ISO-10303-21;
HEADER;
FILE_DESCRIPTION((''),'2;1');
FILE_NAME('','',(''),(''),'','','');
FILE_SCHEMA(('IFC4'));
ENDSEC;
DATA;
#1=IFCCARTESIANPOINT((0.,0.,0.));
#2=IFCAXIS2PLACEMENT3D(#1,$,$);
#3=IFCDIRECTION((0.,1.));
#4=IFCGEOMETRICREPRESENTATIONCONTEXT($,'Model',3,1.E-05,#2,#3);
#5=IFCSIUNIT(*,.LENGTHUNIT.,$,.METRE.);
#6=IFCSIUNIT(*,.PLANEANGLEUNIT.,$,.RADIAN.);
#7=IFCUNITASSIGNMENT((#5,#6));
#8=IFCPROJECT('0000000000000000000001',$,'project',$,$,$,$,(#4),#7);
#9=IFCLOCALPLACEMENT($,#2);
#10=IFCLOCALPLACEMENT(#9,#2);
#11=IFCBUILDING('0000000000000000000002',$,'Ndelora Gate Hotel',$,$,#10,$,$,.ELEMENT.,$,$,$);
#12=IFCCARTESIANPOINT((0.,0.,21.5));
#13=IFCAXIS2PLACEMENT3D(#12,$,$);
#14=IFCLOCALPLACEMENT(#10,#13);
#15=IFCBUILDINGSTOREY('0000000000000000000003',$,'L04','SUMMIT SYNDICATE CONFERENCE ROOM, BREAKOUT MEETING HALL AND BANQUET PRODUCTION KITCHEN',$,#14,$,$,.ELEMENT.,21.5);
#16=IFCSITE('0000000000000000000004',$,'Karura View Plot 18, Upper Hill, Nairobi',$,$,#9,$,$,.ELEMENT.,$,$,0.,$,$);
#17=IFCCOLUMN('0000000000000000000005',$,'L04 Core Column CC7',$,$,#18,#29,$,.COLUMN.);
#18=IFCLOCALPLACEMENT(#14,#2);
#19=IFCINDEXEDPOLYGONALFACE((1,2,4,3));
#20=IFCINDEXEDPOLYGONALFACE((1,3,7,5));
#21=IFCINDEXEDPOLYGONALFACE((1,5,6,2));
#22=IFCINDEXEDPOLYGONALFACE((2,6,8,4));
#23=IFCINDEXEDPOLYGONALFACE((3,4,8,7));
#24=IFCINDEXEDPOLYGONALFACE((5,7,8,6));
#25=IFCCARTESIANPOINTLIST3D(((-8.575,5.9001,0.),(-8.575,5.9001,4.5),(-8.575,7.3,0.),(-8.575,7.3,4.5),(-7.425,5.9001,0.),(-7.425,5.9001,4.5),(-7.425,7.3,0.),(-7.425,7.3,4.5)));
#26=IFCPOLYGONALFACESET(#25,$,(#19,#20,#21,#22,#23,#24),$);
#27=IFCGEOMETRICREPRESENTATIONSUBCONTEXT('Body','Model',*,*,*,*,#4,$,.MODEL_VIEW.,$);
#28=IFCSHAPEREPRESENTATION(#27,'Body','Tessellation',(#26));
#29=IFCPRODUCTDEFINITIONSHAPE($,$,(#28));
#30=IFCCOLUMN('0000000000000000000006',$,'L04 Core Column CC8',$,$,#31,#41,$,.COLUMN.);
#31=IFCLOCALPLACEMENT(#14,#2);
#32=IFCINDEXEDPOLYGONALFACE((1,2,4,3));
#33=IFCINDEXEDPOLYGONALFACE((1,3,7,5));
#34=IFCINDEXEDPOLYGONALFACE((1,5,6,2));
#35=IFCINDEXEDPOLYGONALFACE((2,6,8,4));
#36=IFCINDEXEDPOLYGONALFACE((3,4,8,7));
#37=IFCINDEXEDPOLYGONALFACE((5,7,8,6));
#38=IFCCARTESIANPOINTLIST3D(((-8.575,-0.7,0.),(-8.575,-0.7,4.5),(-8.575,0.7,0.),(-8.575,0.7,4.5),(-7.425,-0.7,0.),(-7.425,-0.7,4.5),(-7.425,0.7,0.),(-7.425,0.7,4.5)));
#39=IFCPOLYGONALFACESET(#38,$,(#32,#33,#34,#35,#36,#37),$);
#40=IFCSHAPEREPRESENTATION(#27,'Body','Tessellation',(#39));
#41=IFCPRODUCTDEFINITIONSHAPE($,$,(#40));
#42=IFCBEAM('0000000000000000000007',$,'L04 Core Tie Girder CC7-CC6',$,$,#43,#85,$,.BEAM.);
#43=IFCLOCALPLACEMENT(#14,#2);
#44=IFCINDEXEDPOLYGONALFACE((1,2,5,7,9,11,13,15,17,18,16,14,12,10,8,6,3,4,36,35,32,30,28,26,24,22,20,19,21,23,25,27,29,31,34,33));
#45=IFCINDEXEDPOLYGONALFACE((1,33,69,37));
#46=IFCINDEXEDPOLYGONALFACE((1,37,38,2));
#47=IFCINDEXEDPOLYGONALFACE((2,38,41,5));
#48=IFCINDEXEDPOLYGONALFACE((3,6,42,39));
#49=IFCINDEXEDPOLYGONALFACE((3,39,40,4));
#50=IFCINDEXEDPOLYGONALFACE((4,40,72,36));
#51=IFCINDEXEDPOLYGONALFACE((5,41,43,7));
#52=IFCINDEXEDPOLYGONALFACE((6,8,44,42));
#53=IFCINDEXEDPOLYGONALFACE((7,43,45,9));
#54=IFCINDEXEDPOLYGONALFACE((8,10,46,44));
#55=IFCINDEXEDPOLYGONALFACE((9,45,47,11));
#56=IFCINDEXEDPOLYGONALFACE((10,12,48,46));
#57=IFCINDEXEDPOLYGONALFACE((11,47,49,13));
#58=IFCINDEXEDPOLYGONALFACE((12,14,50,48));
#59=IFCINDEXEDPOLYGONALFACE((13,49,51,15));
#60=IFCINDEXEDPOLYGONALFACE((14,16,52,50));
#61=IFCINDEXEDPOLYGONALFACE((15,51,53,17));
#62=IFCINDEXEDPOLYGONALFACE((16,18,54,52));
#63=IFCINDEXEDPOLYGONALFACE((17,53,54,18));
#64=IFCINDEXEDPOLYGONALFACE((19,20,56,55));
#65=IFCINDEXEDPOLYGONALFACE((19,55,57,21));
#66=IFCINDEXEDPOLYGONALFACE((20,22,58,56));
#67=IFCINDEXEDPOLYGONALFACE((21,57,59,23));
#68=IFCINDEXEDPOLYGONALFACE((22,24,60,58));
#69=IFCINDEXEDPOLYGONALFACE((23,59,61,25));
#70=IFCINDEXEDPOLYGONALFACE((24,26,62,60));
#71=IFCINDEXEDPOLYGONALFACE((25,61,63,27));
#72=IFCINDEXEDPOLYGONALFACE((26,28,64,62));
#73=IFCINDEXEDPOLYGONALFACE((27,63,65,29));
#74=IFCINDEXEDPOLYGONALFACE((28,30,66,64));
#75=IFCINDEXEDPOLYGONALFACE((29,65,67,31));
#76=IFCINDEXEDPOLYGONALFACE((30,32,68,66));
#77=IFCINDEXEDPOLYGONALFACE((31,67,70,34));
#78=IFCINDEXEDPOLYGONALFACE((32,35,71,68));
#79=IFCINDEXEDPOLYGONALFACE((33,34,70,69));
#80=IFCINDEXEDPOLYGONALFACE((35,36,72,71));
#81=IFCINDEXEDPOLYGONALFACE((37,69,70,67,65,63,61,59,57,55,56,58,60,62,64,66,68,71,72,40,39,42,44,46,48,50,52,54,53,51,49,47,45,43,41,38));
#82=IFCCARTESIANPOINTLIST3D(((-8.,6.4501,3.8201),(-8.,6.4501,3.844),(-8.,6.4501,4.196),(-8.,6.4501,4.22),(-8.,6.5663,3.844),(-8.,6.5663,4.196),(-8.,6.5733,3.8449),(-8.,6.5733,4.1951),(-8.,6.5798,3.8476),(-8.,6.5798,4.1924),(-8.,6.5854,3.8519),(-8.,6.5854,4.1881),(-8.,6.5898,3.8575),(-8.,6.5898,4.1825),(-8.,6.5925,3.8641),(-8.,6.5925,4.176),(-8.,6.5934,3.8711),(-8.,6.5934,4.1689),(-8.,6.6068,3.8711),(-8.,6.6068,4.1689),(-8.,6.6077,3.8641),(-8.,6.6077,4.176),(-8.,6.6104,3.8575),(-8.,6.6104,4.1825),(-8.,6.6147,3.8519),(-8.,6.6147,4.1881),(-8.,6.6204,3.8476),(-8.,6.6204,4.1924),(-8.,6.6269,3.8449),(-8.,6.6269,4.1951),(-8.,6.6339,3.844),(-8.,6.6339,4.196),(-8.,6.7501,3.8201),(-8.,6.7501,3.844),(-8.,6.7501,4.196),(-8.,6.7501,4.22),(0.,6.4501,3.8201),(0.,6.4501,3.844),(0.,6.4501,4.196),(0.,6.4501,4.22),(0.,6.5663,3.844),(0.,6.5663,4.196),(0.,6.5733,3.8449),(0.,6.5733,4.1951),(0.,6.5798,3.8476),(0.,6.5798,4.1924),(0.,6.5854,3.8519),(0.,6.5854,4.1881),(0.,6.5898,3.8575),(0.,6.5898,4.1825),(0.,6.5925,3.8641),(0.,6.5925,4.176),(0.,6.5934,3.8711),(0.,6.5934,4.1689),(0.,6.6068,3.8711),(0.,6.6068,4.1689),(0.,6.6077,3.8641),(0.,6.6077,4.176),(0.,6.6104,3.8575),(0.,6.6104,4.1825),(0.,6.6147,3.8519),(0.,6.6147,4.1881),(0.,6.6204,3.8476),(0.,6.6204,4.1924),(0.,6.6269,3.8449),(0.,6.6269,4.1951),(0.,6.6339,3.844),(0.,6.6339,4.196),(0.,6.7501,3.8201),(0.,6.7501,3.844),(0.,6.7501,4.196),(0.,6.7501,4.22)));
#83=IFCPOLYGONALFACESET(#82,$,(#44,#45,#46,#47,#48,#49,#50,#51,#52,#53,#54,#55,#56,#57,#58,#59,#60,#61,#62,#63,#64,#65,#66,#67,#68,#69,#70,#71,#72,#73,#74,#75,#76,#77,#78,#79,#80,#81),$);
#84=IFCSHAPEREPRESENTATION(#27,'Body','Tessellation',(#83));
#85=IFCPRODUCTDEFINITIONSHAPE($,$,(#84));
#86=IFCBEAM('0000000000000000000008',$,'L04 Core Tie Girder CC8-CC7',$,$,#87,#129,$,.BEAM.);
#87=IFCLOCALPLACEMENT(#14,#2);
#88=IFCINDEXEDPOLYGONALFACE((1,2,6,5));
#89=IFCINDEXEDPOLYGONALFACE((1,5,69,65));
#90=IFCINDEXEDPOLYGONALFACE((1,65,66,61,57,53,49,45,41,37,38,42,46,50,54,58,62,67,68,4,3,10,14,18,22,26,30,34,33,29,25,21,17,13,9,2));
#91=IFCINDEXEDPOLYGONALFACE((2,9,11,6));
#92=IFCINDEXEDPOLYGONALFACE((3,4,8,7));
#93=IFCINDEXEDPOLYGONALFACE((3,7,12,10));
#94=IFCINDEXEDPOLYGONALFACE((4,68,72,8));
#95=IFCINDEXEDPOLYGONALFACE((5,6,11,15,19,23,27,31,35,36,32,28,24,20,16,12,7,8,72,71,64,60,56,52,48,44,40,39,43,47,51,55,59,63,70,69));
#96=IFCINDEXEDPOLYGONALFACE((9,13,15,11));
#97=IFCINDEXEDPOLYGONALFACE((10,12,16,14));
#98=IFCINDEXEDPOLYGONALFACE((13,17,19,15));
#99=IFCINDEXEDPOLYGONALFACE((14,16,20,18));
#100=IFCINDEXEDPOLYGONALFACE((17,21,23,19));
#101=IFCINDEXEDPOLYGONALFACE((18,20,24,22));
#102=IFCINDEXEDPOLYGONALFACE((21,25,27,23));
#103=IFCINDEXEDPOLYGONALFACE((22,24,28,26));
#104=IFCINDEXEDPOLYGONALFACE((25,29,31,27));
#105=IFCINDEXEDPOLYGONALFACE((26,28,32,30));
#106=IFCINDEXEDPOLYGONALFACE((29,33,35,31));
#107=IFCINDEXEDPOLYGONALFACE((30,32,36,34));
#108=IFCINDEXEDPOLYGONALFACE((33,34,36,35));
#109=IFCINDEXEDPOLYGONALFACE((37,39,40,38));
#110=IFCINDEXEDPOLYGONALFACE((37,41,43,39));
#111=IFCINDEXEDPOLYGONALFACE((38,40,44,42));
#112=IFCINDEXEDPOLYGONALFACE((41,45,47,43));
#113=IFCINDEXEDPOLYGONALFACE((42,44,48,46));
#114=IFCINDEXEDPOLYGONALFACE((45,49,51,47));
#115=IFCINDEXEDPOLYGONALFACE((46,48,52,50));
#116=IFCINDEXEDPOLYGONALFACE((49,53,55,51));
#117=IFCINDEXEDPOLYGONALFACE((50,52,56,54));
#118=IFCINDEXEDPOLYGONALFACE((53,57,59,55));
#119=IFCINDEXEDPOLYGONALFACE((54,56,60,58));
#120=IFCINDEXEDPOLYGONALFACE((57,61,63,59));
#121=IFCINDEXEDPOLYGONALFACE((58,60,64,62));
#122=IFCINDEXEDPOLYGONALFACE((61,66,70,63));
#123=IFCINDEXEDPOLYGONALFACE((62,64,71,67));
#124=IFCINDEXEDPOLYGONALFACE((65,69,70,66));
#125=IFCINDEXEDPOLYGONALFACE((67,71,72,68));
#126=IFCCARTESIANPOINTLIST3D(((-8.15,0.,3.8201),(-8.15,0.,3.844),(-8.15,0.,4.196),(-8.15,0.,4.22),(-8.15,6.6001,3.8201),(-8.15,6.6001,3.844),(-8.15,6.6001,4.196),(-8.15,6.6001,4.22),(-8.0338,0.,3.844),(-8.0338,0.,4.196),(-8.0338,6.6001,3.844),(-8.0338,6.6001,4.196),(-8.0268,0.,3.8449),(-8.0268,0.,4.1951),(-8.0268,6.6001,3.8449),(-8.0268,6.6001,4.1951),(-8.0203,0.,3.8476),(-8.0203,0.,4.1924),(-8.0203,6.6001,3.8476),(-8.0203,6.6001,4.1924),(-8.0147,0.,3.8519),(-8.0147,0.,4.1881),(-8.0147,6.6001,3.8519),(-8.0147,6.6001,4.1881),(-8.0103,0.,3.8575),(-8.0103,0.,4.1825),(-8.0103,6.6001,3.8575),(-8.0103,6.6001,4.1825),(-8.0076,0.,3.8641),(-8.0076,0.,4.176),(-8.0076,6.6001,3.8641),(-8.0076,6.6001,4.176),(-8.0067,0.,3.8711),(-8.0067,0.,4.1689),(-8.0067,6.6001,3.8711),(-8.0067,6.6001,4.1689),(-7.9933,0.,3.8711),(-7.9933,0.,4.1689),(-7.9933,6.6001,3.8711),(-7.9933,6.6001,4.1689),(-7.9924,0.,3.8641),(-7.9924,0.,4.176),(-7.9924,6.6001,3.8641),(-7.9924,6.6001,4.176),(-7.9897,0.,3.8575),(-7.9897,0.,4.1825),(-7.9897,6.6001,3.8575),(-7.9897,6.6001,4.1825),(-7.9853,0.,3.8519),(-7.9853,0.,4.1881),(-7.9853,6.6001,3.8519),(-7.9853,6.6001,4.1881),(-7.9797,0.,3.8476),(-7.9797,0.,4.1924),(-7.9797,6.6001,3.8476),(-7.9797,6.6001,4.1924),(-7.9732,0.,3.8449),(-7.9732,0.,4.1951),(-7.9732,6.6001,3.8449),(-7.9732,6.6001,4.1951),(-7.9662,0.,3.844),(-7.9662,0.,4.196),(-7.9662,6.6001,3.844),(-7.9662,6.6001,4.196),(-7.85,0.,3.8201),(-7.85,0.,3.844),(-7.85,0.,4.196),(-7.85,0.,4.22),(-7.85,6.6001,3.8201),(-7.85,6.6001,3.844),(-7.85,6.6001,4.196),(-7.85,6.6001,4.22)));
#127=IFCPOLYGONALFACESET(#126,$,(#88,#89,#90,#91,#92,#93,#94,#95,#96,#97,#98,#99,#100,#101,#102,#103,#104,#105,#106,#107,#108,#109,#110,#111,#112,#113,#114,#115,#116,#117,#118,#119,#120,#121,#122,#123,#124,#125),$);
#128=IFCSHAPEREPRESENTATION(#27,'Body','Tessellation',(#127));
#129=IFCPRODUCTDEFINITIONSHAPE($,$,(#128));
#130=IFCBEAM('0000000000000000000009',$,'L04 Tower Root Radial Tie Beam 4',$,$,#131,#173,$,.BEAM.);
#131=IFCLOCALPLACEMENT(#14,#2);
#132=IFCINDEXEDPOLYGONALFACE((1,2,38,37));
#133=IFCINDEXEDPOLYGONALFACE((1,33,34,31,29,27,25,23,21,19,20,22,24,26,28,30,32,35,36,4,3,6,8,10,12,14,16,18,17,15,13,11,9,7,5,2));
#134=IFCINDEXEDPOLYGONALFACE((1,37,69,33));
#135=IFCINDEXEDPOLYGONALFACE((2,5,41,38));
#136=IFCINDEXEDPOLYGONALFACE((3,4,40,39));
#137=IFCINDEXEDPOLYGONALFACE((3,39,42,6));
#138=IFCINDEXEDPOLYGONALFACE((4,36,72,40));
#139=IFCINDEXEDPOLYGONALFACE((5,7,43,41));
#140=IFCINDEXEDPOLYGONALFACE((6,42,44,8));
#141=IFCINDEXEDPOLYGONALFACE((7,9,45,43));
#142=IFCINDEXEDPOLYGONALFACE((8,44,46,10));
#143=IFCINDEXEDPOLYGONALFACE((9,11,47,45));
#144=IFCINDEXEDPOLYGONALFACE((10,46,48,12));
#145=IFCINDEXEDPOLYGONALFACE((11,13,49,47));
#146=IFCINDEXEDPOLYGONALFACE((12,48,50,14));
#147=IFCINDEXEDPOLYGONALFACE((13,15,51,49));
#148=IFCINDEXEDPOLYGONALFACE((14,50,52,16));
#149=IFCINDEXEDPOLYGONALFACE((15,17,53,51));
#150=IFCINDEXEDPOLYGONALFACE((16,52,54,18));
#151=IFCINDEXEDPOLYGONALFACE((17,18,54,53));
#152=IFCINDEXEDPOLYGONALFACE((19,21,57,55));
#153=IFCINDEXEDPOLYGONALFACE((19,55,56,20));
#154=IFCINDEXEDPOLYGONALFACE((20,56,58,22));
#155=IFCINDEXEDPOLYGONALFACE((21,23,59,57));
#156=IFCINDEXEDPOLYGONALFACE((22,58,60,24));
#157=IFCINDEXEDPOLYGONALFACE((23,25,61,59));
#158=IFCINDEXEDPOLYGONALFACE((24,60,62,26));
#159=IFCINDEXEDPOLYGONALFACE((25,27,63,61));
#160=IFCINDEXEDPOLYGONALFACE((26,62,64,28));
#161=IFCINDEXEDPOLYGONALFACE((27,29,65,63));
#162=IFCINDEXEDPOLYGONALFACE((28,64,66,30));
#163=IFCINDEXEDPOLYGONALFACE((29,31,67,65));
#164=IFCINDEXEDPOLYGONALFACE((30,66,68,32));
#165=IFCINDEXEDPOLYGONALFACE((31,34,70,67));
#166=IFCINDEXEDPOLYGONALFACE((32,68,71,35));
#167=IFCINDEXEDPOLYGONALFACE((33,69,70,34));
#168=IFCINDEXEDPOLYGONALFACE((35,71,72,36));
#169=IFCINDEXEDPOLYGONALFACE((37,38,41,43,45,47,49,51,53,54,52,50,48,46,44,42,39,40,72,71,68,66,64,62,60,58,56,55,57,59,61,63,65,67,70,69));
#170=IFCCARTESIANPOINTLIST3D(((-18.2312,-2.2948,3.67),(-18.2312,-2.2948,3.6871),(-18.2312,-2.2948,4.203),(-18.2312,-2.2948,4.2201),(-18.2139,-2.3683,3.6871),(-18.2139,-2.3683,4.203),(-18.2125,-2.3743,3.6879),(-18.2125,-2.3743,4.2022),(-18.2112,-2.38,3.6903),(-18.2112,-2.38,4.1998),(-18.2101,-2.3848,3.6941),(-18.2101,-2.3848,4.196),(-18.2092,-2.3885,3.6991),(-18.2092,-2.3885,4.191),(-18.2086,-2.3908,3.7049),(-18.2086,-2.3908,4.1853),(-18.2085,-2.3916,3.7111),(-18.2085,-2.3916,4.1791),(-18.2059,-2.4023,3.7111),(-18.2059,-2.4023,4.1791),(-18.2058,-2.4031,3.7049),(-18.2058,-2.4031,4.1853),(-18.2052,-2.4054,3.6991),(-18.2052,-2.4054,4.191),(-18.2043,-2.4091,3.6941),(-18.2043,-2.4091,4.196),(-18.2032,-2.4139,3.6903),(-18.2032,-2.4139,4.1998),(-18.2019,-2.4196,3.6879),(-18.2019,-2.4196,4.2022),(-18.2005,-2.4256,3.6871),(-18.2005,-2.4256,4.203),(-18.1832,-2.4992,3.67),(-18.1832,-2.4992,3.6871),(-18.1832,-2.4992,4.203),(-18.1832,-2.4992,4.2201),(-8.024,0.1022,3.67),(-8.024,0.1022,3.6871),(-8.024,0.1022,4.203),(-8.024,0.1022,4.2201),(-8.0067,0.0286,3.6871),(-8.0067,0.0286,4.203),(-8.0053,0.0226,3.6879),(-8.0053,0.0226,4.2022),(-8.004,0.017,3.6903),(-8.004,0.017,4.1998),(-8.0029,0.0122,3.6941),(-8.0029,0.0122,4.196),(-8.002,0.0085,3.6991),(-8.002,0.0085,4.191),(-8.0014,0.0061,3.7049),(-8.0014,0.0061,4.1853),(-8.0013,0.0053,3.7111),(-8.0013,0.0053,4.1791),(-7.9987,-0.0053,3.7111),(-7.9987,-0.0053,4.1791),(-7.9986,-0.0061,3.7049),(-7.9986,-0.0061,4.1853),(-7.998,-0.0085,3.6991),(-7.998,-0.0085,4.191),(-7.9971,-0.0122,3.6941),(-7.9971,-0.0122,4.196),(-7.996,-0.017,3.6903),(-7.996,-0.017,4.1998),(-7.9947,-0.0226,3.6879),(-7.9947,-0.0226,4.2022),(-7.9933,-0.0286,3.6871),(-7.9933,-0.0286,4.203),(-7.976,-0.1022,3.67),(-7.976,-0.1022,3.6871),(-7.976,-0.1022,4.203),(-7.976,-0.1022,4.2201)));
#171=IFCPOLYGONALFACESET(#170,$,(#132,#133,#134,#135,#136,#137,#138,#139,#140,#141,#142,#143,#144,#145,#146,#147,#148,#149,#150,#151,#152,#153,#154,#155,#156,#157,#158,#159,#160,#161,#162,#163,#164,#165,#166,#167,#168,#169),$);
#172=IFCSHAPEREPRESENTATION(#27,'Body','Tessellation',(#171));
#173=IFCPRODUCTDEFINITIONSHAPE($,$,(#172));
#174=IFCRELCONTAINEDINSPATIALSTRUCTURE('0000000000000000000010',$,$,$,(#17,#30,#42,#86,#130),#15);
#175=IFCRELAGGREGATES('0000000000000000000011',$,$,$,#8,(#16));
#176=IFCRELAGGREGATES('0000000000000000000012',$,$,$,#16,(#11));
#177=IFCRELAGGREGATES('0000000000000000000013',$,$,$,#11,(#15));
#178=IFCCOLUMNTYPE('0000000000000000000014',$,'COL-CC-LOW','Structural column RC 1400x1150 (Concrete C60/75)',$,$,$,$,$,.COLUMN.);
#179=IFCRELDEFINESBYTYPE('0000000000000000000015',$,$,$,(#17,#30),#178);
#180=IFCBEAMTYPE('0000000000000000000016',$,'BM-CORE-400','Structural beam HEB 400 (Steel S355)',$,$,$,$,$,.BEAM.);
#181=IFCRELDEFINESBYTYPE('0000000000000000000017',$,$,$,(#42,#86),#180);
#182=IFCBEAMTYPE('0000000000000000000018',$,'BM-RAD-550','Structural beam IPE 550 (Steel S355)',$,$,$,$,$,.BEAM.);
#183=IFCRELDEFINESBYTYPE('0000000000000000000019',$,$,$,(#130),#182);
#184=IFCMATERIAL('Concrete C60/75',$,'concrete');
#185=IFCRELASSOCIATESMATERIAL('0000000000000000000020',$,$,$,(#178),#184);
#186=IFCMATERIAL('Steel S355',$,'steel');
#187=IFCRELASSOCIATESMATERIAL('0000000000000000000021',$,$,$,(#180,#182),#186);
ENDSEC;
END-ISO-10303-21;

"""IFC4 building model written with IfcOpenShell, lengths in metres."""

from ifc_helpers import new_model, si_unit, direction, frame, origin, origin_2d, place, context, subcontext, project, spatial, rectangle, i_section, extrude, material, material_profile, profile_set, type_object, element, save


model = new_model("IFC4")

# Units and contexts
model_context = context("Model", 3, precision=1e-05, world=origin(), true_north=direction((0.0, 1.0)))
body_context = subcontext(model_context, "Body", "Model", "MODEL_VIEW")
ifc_project = project(units=[si_unit("LENGTHUNIT", "METRE"), si_unit("PLANEANGLEUNIT", "RADIAN")], contexts=[model_context])

# Site, building, storey
site_placement = place(None, origin())
site = spatial("IfcSite", under=ifc_project, at=site_placement, Name="Karura View Plot 18, Upper Hill, Nairobi", CompositionType="ELEMENT", RefElevation=0.0)
building_placement = place(site_placement, origin())
building = spatial("IfcBuilding", under=site, at=building_placement, Name="Ndelora Gate Hotel", CompositionType="ELEMENT")
storey_placement = place(building_placement, frame((0.0, 0.0, 21.5)))
storey = spatial("IfcBuildingStorey", under=building, at=storey_placement, Name="L04", Description="SUMMIT SYNDICATE CONFERENCE ROOM, BREAKOUT MEETING HALL AND BANQUET PRODUCTION KITCHEN", CompositionType="ELEMENT", Elevation=21.5)

# Columns
ifc_material_1 = material(Name="Concrete C60/75", Category="concrete")
ifc_material_profile_1 = material_profile(ifc_material_1, rectangle(XDim=1.1499, YDim=1.3999, at=origin_2d()), Name="RC 1400x1150")
ifc_profile_set_1 = profile_set([ifc_material_profile_1], Name="Concrete C60/75")
column_type = type_object("IfcColumnType", Name="COL-CC-LOW", Description="Structural column RC 1400x1150 (Concrete C60/75)", PredefinedType="COLUMN", material=ifc_profile_set_1)
for number, where, z_axis, x_axis, name in (
    (1, (-8.0, 6.6001, 0.0), (0.0, 0.0, 1.0), (1.0, 0.0, 0.0), "L04 Core Column CC7"),
    (2, (-8.0, 0.0, 0.0), (0.0, 0.0, 1.0), (1.0, 0.0, 0.0), "L04 Core Column CC8"),
):
    element("IfcColumn", number, at=place(storey_placement, frame(where, z_axis=z_axis, x_axis=x_axis)), inside=storey, type_object=column_type, Name=name, PredefinedType="COLUMN", context=body_context, shape_type="SweptSolid", body=[
        extrude(rectangle(XDim=1.1499, YDim=1.3999, at=origin_2d()), origin(), (0.0, 0.0, 1.0), 4.5),
    ])

# Beams
ifc_material_2 = material(Name="Steel S355", Category="steel")
ifc_material_profile_2 = material_profile(ifc_material_2, i_section(OverallWidth=0.3, OverallDepth=0.3999, WebThickness=0.0134, FlangeThickness=0.0239, FilletRadius=0.0271, at=origin_2d()), Name="HEB 400")
ifc_profile_set_2 = profile_set([ifc_material_profile_2], Name="Steel S355")
beam_type_1 = type_object("IfcBeamType", Name="BM-CORE-400", Description="Structural beam HEB 400 (Steel S355)", PredefinedType="BEAM", material=ifc_profile_set_2)
beam_1_placement = place(storey_placement, frame((-8.0, 6.6001, 4.02), z_axis=(1.0, 0.0, 0.0), x_axis=(0.0, 1.0, 0.0)))
element("IfcBeam", 3, at=beam_1_placement, inside=storey, type_object=beam_type_1, Name="L04 Core Tie Girder CC7-CC6", PredefinedType="BEAM", context=body_context, shape_type="SweptSolid", body=[
    extrude(i_section(OverallWidth=0.3, OverallDepth=0.3999, WebThickness=0.0134, FlangeThickness=0.0239, FilletRadius=0.0271, at=origin_2d()), origin(), (0.0, 0.0, 1.0), 8.0),
])
beam_2_placement = place(storey_placement, frame((-8.0, 0.0, 4.02), z_axis=(0.0, 1.0, 0.0), x_axis=(-1.0, 0.0, 0.0)))
element("IfcBeam", 4, at=beam_2_placement, inside=storey, type_object=beam_type_1, Name="L04 Core Tie Girder CC8-CC7", PredefinedType="BEAM", context=body_context, shape_type="SweptSolid", body=[
    extrude(i_section(OverallWidth=0.3, OverallDepth=0.3999, WebThickness=0.0134, FlangeThickness=0.0239, FilletRadius=0.0271, at=origin_2d()), origin(), (0.0, 0.0, 1.0), 6.6001),
])
ifc_material_profile_3 = material_profile(ifc_material_2, i_section(OverallWidth=0.21, OverallDepth=0.55, WebThickness=0.011, FlangeThickness=0.0171, FilletRadius=0.0239, at=origin_2d()), Name="IPE 550")
ifc_profile_set_3 = profile_set([ifc_material_profile_3], Name="Steel S355")
beam_type_2 = type_object("IfcBeamType", Name="BM-RAD-550", Description="Structural beam IPE 550 (Steel S355)", PredefinedType="BEAM", material=ifc_profile_set_3)
beam_3_placement = place(storey_placement, frame((-8.0, 0.0, 3.9451), z_axis=(-0.973518, -0.228611, 0.0), x_axis=(0.228611, -0.973518, 0.0)))
element("IfcBeam", 5, at=beam_3_placement, inside=storey, type_object=beam_type_2, Name="L04 Tower Root Radial Tie Beam 4", PredefinedType="BEAM", context=body_context, shape_type="SweptSolid", body=[
    extrude(i_section(OverallWidth=0.21, OverallDepth=0.55, WebThickness=0.011, FlangeThickness=0.0171, FilletRadius=0.0239, at=origin_2d()), origin(), (0.0, 0.0, 1.0), 10.4849),
])

save(model, "model.ifc")
